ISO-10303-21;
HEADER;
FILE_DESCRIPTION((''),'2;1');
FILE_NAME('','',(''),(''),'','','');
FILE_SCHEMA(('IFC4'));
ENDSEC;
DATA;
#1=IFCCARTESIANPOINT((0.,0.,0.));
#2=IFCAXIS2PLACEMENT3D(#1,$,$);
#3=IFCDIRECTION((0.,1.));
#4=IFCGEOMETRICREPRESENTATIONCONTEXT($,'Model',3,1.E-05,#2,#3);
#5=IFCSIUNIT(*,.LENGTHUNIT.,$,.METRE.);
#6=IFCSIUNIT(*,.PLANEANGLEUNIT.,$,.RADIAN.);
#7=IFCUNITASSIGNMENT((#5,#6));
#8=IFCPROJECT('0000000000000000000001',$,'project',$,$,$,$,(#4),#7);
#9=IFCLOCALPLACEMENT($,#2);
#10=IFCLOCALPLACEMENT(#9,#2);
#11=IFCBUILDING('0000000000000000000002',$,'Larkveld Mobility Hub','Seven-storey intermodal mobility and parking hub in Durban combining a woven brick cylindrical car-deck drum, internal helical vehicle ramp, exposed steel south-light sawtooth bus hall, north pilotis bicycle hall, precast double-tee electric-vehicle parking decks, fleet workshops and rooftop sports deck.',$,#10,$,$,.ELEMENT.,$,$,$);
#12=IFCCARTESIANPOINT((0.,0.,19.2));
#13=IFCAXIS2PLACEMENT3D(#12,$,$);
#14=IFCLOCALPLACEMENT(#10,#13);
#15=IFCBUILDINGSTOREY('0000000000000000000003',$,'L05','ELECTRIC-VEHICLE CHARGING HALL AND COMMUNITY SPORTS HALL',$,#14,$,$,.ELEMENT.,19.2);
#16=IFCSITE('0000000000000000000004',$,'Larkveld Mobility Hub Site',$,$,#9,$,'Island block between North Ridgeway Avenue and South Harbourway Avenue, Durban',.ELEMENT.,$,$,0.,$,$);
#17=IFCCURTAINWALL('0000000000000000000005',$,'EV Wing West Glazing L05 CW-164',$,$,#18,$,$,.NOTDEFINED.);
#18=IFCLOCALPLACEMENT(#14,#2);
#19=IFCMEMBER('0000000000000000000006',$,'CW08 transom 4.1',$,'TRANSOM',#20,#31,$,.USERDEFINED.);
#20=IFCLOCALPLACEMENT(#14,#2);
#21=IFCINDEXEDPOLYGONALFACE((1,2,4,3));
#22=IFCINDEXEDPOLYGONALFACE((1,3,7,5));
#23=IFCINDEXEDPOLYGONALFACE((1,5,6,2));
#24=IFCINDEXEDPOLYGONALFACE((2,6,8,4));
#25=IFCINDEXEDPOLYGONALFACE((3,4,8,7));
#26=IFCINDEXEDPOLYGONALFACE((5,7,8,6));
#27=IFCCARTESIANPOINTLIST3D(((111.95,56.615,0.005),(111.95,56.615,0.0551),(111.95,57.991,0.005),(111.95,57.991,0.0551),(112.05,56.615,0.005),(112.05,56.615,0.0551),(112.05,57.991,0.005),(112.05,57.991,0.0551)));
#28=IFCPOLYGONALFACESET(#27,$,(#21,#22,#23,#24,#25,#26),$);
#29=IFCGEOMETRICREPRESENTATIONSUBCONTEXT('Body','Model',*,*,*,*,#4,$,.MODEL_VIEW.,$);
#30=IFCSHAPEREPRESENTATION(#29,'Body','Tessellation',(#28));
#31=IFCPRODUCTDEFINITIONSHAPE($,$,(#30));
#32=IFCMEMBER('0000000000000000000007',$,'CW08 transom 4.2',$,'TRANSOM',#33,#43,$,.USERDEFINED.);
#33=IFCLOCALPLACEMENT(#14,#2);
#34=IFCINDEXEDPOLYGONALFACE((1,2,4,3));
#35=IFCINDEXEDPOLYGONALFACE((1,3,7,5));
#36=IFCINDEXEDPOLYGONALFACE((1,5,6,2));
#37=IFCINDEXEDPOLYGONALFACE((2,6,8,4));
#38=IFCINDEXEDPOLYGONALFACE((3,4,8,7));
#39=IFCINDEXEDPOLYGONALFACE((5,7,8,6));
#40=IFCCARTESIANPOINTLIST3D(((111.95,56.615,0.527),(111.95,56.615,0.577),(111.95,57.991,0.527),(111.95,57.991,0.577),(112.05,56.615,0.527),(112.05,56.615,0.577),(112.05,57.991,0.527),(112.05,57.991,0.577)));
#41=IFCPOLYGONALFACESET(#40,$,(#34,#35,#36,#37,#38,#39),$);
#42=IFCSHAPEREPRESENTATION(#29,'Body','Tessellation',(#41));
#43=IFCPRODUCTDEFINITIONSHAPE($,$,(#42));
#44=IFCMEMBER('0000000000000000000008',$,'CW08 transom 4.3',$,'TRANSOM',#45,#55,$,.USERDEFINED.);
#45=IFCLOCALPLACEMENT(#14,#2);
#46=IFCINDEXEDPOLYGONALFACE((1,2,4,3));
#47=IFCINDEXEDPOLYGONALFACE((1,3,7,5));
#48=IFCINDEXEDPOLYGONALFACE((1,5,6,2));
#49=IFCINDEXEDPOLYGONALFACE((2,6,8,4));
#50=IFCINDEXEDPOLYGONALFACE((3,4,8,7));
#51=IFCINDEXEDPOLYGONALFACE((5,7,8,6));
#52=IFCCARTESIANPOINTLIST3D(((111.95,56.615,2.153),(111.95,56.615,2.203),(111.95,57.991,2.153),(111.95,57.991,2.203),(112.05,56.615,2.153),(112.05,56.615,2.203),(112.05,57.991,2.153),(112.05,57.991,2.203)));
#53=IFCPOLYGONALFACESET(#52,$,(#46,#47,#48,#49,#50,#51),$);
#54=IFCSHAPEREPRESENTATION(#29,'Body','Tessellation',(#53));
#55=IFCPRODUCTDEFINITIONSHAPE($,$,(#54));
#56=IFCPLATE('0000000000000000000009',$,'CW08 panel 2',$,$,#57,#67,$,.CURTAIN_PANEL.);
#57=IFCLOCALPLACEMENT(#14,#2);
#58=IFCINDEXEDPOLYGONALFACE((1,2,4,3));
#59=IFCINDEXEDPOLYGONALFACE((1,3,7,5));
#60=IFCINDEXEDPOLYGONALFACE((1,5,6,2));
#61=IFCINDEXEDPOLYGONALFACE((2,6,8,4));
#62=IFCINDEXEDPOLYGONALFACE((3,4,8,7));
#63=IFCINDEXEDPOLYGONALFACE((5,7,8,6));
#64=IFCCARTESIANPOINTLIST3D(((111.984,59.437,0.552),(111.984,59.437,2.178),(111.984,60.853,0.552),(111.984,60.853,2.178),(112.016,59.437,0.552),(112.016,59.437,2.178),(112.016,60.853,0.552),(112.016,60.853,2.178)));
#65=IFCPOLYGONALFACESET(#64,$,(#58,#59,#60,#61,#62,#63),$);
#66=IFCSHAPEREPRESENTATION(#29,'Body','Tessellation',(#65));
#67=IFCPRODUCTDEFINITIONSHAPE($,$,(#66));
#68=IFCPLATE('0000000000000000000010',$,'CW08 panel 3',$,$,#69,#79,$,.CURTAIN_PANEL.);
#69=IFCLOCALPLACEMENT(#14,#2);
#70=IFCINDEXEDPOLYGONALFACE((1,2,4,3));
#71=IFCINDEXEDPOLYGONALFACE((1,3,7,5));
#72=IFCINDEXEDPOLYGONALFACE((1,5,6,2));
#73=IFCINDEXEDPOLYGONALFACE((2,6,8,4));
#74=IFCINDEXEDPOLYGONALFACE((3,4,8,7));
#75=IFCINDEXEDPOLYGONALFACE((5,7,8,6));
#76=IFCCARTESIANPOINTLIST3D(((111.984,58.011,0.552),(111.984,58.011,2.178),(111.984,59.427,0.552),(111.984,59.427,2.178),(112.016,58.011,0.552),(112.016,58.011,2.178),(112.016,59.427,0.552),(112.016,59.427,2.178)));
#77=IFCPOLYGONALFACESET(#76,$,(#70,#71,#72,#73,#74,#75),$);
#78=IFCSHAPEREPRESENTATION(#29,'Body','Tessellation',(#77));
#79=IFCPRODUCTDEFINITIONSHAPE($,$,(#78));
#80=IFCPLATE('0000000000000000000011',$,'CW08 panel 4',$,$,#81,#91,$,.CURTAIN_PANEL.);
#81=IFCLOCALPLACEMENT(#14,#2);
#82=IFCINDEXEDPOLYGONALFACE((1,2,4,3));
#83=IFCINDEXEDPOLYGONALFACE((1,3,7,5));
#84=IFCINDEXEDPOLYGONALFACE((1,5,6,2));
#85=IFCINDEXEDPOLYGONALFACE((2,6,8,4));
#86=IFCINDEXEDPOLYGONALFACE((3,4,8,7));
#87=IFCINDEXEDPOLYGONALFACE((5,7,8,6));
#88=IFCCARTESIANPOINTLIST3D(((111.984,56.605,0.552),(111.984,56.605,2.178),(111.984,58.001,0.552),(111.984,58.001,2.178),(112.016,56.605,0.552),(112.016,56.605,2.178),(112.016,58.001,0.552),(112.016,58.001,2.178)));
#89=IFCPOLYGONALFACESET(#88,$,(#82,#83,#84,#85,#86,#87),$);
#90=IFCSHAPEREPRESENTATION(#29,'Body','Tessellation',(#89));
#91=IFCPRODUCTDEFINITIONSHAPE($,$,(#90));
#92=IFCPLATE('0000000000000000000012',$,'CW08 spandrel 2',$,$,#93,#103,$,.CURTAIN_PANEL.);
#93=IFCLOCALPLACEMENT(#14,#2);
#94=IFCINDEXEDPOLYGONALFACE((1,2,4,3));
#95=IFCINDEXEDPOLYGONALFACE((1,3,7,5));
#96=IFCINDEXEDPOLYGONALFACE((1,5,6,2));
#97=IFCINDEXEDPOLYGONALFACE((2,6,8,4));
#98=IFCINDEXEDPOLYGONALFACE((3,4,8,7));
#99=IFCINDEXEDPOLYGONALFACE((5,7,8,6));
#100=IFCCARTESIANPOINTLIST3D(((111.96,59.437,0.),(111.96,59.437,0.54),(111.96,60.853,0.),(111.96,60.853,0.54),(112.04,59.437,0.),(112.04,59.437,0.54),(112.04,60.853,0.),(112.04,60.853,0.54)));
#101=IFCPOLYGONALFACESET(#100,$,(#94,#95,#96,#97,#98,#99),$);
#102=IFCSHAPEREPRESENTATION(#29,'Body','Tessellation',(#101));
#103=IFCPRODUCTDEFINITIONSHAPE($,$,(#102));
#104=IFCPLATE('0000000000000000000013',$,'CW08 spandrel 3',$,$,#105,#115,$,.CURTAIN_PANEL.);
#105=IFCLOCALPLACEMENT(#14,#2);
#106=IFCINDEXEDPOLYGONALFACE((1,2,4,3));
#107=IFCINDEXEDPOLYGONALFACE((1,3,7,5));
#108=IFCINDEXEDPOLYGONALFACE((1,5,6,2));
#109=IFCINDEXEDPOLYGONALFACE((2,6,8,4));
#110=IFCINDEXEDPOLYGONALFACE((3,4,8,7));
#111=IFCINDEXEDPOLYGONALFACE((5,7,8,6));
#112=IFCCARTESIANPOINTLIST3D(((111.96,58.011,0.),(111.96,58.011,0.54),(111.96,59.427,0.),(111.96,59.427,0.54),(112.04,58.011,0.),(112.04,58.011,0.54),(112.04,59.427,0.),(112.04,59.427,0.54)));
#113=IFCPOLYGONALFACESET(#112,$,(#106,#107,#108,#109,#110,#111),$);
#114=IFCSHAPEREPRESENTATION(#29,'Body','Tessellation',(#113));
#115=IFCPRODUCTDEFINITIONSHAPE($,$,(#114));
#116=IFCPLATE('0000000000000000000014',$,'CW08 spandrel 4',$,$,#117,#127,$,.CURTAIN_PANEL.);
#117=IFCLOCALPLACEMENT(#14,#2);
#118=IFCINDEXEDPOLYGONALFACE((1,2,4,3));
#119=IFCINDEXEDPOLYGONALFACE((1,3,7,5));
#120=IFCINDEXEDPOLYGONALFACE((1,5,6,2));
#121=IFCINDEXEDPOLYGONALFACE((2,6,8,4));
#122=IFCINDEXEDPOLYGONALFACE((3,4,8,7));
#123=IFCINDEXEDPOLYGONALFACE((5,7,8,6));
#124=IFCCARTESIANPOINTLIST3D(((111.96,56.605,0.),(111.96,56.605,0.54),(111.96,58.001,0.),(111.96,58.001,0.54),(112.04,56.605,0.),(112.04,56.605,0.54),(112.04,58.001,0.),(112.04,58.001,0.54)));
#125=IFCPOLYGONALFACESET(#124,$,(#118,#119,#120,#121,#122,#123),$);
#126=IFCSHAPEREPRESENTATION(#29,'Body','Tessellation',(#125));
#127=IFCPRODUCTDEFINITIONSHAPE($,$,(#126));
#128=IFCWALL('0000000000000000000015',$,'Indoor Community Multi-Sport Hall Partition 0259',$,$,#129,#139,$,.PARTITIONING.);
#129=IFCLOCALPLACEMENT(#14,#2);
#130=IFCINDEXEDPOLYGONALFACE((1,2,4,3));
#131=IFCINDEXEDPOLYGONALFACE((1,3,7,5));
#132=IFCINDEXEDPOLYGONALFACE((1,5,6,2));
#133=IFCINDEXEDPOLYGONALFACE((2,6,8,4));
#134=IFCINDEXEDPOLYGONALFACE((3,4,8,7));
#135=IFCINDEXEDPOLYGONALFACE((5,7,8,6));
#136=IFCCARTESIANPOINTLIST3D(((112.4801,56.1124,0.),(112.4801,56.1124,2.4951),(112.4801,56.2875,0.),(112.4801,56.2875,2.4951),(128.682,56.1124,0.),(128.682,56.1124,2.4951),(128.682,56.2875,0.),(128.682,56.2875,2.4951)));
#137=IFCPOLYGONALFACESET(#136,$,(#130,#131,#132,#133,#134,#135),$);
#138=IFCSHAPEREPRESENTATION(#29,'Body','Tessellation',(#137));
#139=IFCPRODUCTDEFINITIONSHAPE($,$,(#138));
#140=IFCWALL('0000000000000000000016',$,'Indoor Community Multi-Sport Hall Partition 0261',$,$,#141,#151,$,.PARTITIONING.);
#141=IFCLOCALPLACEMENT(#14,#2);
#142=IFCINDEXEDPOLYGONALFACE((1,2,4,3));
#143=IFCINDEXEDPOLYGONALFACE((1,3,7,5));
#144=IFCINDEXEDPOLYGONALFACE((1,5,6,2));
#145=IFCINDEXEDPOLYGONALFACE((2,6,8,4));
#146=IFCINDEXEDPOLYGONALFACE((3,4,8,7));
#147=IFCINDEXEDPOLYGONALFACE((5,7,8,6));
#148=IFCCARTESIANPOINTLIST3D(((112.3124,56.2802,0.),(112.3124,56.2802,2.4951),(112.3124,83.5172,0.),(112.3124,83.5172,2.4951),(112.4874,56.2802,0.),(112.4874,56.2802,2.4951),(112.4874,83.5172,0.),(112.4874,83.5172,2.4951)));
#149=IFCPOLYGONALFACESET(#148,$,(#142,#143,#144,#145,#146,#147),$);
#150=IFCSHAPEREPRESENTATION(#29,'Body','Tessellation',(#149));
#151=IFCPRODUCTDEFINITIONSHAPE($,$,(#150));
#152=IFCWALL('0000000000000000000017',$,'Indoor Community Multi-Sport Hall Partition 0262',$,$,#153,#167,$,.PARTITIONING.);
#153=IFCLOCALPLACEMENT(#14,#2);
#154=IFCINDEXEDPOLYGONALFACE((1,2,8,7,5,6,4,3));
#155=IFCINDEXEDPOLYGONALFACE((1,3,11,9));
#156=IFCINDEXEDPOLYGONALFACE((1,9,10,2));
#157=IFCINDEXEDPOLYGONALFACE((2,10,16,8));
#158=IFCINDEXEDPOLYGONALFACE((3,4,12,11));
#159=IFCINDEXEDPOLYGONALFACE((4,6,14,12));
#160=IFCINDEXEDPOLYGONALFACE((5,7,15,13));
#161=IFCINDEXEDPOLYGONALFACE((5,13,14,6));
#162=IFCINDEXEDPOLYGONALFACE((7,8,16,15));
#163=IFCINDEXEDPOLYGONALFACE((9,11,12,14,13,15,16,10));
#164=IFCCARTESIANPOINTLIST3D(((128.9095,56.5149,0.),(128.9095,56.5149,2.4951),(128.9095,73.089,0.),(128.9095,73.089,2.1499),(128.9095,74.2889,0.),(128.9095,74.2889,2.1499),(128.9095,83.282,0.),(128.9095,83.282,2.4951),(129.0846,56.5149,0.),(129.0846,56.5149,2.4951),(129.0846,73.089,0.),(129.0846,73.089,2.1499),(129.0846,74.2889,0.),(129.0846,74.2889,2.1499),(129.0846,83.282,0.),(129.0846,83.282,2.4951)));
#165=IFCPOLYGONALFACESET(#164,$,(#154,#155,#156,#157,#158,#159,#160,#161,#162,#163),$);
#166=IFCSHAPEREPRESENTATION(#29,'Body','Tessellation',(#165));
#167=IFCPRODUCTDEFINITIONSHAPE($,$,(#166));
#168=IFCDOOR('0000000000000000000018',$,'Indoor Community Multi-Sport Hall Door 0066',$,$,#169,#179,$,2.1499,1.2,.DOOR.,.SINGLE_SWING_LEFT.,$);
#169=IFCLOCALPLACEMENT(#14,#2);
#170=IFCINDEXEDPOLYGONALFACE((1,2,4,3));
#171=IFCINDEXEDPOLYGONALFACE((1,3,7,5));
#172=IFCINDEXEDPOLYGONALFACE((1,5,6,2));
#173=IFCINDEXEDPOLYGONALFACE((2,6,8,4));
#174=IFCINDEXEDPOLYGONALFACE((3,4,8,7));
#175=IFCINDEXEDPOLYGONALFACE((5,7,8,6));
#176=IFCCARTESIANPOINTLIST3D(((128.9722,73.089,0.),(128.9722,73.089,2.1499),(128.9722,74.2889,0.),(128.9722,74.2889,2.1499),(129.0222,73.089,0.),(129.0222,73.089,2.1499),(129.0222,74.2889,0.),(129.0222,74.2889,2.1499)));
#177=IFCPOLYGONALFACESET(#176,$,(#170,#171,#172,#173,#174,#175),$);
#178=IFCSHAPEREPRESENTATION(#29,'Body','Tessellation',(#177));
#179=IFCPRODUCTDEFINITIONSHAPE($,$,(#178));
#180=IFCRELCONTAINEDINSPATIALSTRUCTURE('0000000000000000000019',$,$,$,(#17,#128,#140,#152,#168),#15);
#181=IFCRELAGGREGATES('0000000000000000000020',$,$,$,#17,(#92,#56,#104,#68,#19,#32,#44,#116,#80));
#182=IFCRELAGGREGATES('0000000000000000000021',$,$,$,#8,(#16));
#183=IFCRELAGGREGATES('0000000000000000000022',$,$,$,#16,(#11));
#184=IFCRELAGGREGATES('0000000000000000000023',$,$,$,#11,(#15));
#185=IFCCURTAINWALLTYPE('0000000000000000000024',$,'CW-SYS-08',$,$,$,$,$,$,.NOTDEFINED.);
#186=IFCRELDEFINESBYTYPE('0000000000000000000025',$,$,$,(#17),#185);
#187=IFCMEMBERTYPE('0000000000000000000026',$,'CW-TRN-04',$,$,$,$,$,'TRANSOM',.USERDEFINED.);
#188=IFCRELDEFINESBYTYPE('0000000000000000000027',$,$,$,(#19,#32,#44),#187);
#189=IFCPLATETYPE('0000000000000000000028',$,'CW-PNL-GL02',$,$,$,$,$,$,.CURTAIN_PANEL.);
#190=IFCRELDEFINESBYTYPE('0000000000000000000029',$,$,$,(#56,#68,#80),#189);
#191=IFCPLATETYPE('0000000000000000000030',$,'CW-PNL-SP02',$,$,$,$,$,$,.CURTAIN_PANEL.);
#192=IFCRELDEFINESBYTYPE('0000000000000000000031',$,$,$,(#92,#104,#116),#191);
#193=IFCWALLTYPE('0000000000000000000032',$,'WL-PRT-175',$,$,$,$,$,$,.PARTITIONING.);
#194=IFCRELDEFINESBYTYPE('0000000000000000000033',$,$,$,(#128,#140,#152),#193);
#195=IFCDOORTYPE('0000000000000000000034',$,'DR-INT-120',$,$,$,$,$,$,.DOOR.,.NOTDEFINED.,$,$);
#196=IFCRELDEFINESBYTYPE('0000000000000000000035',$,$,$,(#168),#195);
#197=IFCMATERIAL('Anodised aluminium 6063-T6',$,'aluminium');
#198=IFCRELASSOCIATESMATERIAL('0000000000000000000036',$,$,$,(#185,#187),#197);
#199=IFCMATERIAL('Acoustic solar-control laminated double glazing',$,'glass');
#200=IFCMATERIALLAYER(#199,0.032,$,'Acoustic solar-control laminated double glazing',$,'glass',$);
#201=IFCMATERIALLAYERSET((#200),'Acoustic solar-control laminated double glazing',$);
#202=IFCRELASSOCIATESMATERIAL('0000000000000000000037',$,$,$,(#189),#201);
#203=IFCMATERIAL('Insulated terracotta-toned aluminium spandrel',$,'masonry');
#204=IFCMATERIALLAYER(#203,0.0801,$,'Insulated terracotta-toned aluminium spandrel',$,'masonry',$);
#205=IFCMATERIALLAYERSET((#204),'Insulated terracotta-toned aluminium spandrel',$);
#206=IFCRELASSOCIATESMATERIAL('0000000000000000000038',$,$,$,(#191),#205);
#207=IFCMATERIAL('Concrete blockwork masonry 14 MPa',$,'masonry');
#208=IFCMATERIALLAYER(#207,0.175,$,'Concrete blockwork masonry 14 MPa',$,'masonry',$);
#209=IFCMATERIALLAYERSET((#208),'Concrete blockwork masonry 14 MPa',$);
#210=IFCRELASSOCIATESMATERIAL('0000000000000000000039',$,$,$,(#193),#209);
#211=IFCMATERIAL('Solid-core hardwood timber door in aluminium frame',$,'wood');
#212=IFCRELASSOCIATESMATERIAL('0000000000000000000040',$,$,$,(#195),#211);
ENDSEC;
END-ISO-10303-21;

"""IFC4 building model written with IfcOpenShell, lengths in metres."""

from ifc_helpers import new_model, si_unit, direction, frame, frame_2d, origin, origin_2d, place, context, subcontext, project, spatial, rectangle, extrude, material, layer, layer_set, material_profile, profile_set, type_object, element, fill, aggregate, save


model = new_model("IFC4")

# Units and contexts
model_context = context("Model", 3, precision=1e-05, world=origin(), true_north=direction((0.0, 1.0)))
body_context = subcontext(model_context, "Body", "Model", "MODEL_VIEW")
ifc_project = project(units=[si_unit("LENGTHUNIT", "METRE"), si_unit("PLANEANGLEUNIT", "RADIAN")], contexts=[model_context])

# Site, building, storey
site_placement = place(None, origin())
site = spatial("IfcSite", under=ifc_project, at=site_placement, Name="Larkveld Mobility Hub Site", LongName="Island block between North Ridgeway Avenue and South Harbourway Avenue, Durban", CompositionType="ELEMENT", RefElevation=0.0)
building_placement = place(site_placement, origin())
building = spatial("IfcBuilding", under=site, at=building_placement, Name="Larkveld Mobility Hub", Description="Seven-storey intermodal mobility and parking hub in Durban combining a woven brick cylindrical car-deck drum, internal helical vehicle ramp, exposed steel south-light sawtooth bus hall, north pilotis bicycle hall, precast double-tee electric-vehicle parking decks, fleet workshops and rooftop sports deck.", CompositionType="ELEMENT")
storey_placement = place(building_placement, frame((0.0, 0.0, 19.2)))
storey = spatial("IfcBuildingStorey", under=building, at=storey_placement, Name="L05", Description="ELECTRIC-VEHICLE CHARGING HALL AND COMMUNITY SPORTS HALL", CompositionType="ELEMENT", Elevation=19.2)

# Curtain wall, members, plates
ifc_material_1 = material(Name="Anodised aluminium 6063-T6", Category="aluminium")
curtain_wall_type = type_object("IfcCurtainWallType", Name="CW-SYS-08", PredefinedType="NOTDEFINED", material=ifc_material_1)
curtain_wall_placement = place(storey_placement, origin())
curtain_wall = element("IfcCurtainWall", 1, at=curtain_wall_placement, inside=storey, type_object=curtain_wall_type, Name="EV Wing West Glazing L05 CW-164", PredefinedType="NOTDEFINED")
ifc_material_profile_1 = material_profile(ifc_material_1, rectangle(XDim=0.1001, YDim=0.05, at=origin_2d()), Name="ALU TRAN 50x100")
ifc_profile_set_1 = profile_set([ifc_material_profile_1], Name="Anodised aluminium 6063-T6")
member_type_1 = type_object("IfcMemberType", Name="CW-TRN-04", ElementType="TRANSOM", PredefinedType="USERDEFINED", material=ifc_profile_set_1)
member_1_placement = place(storey_placement, frame((112.0, 57.991, 0.03), z_axis=(0.0, -1.0, 0.0), x_axis=(1.0, 0.0, 0.0)))
member_1 = element("IfcMember", 2, at=member_1_placement, type_object=member_type_1, Name="CW08 transom 4.1", ObjectType="TRANSOM", PredefinedType="USERDEFINED", context=body_context, shape_type="SweptSolid", body=[
    extrude(rectangle(XDim=0.1001, YDim=0.05, at=origin_2d()), origin(), (0.0, 0.0, 1.0), 1.376),
])
member_2_placement = place(storey_placement, frame((112.0, 57.991, 0.552), z_axis=(0.0, -1.0, 0.0), x_axis=(1.0, 0.0, 0.0)))
member_2 = element("IfcMember", 3, at=member_2_placement, type_object=member_type_1, Name="CW08 transom 4.2", ObjectType="TRANSOM", PredefinedType="USERDEFINED", context=body_context, shape_type="SweptSolid", body=[
    extrude(rectangle(XDim=0.1001, YDim=0.05, at=origin_2d()), origin(), (0.0, 0.0, 1.0), 1.376),
])
member_3_placement = place(storey_placement, frame((112.0, 57.991, 2.178), z_axis=(0.0, -1.0, 0.0), x_axis=(1.0, 0.0, 0.0)))
member_3 = element("IfcMember", 4, at=member_3_placement, type_object=member_type_1, Name="CW08 transom 4.3", ObjectType="TRANSOM", PredefinedType="USERDEFINED", context=body_context, shape_type="SweptSolid", body=[
    extrude(rectangle(XDim=0.1001, YDim=0.05, at=origin_2d()), origin(), (0.0, 0.0, 1.0), 1.376),
])
ifc_material_2 = material(Name="Acoustic solar-control laminated double glazing", Category="glass")
ifc_layer_1 = layer(ifc_material_2, 0.032, Name="Acoustic solar-control laminated double glazing", Category="glass")
ifc_layer_set_1 = layer_set([ifc_layer_1], Name="Acoustic solar-control laminated double glazing")
plate_type_1 = type_object("IfcPlateType", Name="CW-PNL-GL02", PredefinedType="CURTAIN_PANEL", material=ifc_layer_set_1)
plate_1_placement = place(storey_placement, frame((112.0, 60.145, 0.552), z_axis=(0.0, 0.0, 1.0), x_axis=(0.0, -1.0, 0.0)))
plate_1 = element("IfcPlate", 5, at=plate_1_placement, type_object=plate_type_1, Name="CW08 panel 2", PredefinedType="CURTAIN_PANEL", context=body_context, shape_type="SweptSolid", body=[
    extrude(rectangle(XDim=1.416, YDim=0.032, at=origin_2d()), origin(), (0.0, 0.0, 1.0), 1.626),
])
plate_2_placement = place(storey_placement, frame((112.0, 58.719, 0.552), z_axis=(0.0, 0.0, 1.0), x_axis=(0.0, -1.0, 0.0)))
plate_2 = element("IfcPlate", 6, at=plate_2_placement, type_object=plate_type_1, Name="CW08 panel 3", PredefinedType="CURTAIN_PANEL", context=body_context, shape_type="SweptSolid", body=[
    extrude(rectangle(XDim=1.416, YDim=0.032, at=origin_2d()), origin(), (0.0, 0.0, 1.0), 1.626),
])
plate_3_placement = place(storey_placement, frame((112.0, 57.303, 0.552), z_axis=(0.0, 0.0, 1.0), x_axis=(0.0, -1.0, 0.0)))
plate_3 = element("IfcPlate", 7, at=plate_3_placement, type_object=plate_type_1, Name="CW08 panel 4", PredefinedType="CURTAIN_PANEL", context=body_context, shape_type="SweptSolid", body=[
    extrude(rectangle(XDim=1.396, YDim=0.032, at=origin_2d()), origin(), (0.0, 0.0, 1.0), 1.626),
])
ifc_material_3 = material(Name="Insulated terracotta-toned aluminium spandrel", Category="masonry")
ifc_layer_2 = layer(ifc_material_3, 0.0801, Name="Insulated terracotta-toned aluminium spandrel", Category="masonry")
ifc_layer_set_2 = layer_set([ifc_layer_2], Name="Insulated terracotta-toned aluminium spandrel")
plate_type_2 = type_object("IfcPlateType", Name="CW-PNL-SP02", PredefinedType="CURTAIN_PANEL", material=ifc_layer_set_2)
plate_4_placement = place(storey_placement, frame((112.0, 60.145, 0.0), z_axis=(0.0, 0.0, 1.0), x_axis=(0.0, -1.0, 0.0)))
plate_4 = element("IfcPlate", 8, at=plate_4_placement, type_object=plate_type_2, Name="CW08 spandrel 2", PredefinedType="CURTAIN_PANEL", context=body_context, shape_type="SweptSolid", body=[
    extrude(rectangle(XDim=1.416, YDim=0.0801, at=origin_2d()), origin(), (0.0, 0.0, 1.0), 0.54),
])
plate_5_placement = place(storey_placement, frame((112.0, 58.719, 0.0), z_axis=(0.0, 0.0, 1.0), x_axis=(0.0, -1.0, 0.0)))
plate_5 = element("IfcPlate", 9, at=plate_5_placement, type_object=plate_type_2, Name="CW08 spandrel 3", PredefinedType="CURTAIN_PANEL", context=body_context, shape_type="SweptSolid", body=[
    extrude(rectangle(XDim=1.416, YDim=0.0801, at=origin_2d()), origin(), (0.0, 0.0, 1.0), 0.54),
])
plate_6_placement = place(storey_placement, frame((112.0, 57.303, 0.0), z_axis=(0.0, 0.0, 1.0), x_axis=(0.0, -1.0, 0.0)))
plate_6 = element("IfcPlate", 10, at=plate_6_placement, type_object=plate_type_2, Name="CW08 spandrel 4", PredefinedType="CURTAIN_PANEL", context=body_context, shape_type="SweptSolid", body=[
    extrude(rectangle(XDim=1.396, YDim=0.0801, at=origin_2d()), origin(), (0.0, 0.0, 1.0), 0.54),
])
aggregate(curtain_wall, [plate_4, plate_1, plate_5, plate_2, member_1, member_2, member_3, plate_6, plate_3])

# Walls
ifc_material_4 = material(Name="Concrete blockwork masonry 14 MPa", Category="masonry")
ifc_layer_3 = layer(ifc_material_4, 0.175, Name="Concrete blockwork masonry 14 MPa", Category="masonry")
ifc_layer_set_3 = layer_set([ifc_layer_3], Name="Concrete blockwork masonry 14 MPa")
wall_type_1 = type_object("IfcWallType", Name="WL-PRT-175", PredefinedType="PARTITIONING", material=ifc_layer_set_3)
wall_1_placement = place(storey_placement, frame((112.48, 56.2, 0.0), z_axis=(0.0, 0.0, 1.0), x_axis=(1.0, 0.0, 0.0)))
element("IfcWall", 11, at=wall_1_placement, inside=storey, type_object=wall_type_1, Name="Indoor Community Multi-Sport Hall Partition 0259", PredefinedType="PARTITIONING", context=body_context, shape_type="SweptSolid", body=[
    extrude(rectangle(XDim=16.2019, YDim=0.175, at=frame_2d((8.1011, 0.0))), origin(), (0.0, 0.0, 1.0), 2.4951),
])
wall_2_placement = place(storey_placement, frame((112.3999, 56.28, 0.0), z_axis=(0.0, 0.0, 1.0), x_axis=(0.0, 1.0, 0.0)))
element("IfcWall", 12, at=wall_2_placement, inside=storey, type_object=wall_type_1, Name="Indoor Community Multi-Sport Hall Partition 0261", PredefinedType="PARTITIONING", context=body_context, shape_type="SweptSolid", body=[
    extrude(rectangle(XDim=27.2371, YDim=0.175, at=frame_2d((13.6187, 0.0))), origin(), (0.0, 0.0, 1.0), 2.4951),
])

# Wall, opening, door
wall_3_placement = place(storey_placement, frame((128.9971, 56.5149, 0.0), z_axis=(0.0, 0.0, 1.0), x_axis=(0.0, 1.0, 0.0)))
wall_3 = element("IfcWall", 13, at=wall_3_placement, inside=storey, type_object=wall_type_1, Name="Indoor Community Multi-Sport Hall Partition 0262", PredefinedType="PARTITIONING", context=body_context, shape_type="SweptSolid", body=[
    extrude(rectangle(XDim=26.7671, YDim=0.175, at=frame_2d((13.3835, 0.0))), origin(), (0.0, 0.0, 1.0), 2.4951),
])
opening_1_placement = place(wall_3_placement, frame((16.574, 0.0, 0.0)))
opening_1 = element("IfcOpeningElement", 14, at=opening_1_placement, cuts=wall_3, PredefinedType="OPENING", context=body_context, shape_type="SweptSolid", body=[
    extrude(rectangle(XDim=1.2, YDim=2.1499, at=frame_2d((0.6001, 1.075))), frame((0.0, 0.0977, 0.0), z_axis=(0.0, -1.0, 0.0), x_axis=(1.0, 0.0, 0.0)), (0.0, 0.0, 1.0), 0.1951),
])
ifc_material_5 = material(Name="Solid-core hardwood timber door in aluminium frame", Category="wood")
door_type_1 = type_object("IfcDoorType", Name="DR-INT-120", OperationType="NOTDEFINED", PredefinedType="DOOR", material=ifc_material_5)
door_1_placement = place(opening_1_placement, origin())
door_1 = element("IfcDoor", 15, at=door_1_placement, inside=storey, type_object=door_type_1, Name="Indoor Community Multi-Sport Hall Door 0066", OperationType="SINGLE_SWING_LEFT", OverallHeight=2.1499, OverallWidth=1.2, PredefinedType="DOOR", context=body_context, shape_type="SweptSolid", body=[
    extrude(rectangle(XDim=1.2, YDim=2.1499, at=frame_2d((0.6001, 1.075))), frame((0.0, 0.0249, 0.0), z_axis=(0.0, -1.0, 0.0), x_axis=(1.0, 0.0, 0.0)), (0.0, 0.0, 1.0), 0.05),
])
fill(opening_1, door_1)

save(model, "model.ifc")
